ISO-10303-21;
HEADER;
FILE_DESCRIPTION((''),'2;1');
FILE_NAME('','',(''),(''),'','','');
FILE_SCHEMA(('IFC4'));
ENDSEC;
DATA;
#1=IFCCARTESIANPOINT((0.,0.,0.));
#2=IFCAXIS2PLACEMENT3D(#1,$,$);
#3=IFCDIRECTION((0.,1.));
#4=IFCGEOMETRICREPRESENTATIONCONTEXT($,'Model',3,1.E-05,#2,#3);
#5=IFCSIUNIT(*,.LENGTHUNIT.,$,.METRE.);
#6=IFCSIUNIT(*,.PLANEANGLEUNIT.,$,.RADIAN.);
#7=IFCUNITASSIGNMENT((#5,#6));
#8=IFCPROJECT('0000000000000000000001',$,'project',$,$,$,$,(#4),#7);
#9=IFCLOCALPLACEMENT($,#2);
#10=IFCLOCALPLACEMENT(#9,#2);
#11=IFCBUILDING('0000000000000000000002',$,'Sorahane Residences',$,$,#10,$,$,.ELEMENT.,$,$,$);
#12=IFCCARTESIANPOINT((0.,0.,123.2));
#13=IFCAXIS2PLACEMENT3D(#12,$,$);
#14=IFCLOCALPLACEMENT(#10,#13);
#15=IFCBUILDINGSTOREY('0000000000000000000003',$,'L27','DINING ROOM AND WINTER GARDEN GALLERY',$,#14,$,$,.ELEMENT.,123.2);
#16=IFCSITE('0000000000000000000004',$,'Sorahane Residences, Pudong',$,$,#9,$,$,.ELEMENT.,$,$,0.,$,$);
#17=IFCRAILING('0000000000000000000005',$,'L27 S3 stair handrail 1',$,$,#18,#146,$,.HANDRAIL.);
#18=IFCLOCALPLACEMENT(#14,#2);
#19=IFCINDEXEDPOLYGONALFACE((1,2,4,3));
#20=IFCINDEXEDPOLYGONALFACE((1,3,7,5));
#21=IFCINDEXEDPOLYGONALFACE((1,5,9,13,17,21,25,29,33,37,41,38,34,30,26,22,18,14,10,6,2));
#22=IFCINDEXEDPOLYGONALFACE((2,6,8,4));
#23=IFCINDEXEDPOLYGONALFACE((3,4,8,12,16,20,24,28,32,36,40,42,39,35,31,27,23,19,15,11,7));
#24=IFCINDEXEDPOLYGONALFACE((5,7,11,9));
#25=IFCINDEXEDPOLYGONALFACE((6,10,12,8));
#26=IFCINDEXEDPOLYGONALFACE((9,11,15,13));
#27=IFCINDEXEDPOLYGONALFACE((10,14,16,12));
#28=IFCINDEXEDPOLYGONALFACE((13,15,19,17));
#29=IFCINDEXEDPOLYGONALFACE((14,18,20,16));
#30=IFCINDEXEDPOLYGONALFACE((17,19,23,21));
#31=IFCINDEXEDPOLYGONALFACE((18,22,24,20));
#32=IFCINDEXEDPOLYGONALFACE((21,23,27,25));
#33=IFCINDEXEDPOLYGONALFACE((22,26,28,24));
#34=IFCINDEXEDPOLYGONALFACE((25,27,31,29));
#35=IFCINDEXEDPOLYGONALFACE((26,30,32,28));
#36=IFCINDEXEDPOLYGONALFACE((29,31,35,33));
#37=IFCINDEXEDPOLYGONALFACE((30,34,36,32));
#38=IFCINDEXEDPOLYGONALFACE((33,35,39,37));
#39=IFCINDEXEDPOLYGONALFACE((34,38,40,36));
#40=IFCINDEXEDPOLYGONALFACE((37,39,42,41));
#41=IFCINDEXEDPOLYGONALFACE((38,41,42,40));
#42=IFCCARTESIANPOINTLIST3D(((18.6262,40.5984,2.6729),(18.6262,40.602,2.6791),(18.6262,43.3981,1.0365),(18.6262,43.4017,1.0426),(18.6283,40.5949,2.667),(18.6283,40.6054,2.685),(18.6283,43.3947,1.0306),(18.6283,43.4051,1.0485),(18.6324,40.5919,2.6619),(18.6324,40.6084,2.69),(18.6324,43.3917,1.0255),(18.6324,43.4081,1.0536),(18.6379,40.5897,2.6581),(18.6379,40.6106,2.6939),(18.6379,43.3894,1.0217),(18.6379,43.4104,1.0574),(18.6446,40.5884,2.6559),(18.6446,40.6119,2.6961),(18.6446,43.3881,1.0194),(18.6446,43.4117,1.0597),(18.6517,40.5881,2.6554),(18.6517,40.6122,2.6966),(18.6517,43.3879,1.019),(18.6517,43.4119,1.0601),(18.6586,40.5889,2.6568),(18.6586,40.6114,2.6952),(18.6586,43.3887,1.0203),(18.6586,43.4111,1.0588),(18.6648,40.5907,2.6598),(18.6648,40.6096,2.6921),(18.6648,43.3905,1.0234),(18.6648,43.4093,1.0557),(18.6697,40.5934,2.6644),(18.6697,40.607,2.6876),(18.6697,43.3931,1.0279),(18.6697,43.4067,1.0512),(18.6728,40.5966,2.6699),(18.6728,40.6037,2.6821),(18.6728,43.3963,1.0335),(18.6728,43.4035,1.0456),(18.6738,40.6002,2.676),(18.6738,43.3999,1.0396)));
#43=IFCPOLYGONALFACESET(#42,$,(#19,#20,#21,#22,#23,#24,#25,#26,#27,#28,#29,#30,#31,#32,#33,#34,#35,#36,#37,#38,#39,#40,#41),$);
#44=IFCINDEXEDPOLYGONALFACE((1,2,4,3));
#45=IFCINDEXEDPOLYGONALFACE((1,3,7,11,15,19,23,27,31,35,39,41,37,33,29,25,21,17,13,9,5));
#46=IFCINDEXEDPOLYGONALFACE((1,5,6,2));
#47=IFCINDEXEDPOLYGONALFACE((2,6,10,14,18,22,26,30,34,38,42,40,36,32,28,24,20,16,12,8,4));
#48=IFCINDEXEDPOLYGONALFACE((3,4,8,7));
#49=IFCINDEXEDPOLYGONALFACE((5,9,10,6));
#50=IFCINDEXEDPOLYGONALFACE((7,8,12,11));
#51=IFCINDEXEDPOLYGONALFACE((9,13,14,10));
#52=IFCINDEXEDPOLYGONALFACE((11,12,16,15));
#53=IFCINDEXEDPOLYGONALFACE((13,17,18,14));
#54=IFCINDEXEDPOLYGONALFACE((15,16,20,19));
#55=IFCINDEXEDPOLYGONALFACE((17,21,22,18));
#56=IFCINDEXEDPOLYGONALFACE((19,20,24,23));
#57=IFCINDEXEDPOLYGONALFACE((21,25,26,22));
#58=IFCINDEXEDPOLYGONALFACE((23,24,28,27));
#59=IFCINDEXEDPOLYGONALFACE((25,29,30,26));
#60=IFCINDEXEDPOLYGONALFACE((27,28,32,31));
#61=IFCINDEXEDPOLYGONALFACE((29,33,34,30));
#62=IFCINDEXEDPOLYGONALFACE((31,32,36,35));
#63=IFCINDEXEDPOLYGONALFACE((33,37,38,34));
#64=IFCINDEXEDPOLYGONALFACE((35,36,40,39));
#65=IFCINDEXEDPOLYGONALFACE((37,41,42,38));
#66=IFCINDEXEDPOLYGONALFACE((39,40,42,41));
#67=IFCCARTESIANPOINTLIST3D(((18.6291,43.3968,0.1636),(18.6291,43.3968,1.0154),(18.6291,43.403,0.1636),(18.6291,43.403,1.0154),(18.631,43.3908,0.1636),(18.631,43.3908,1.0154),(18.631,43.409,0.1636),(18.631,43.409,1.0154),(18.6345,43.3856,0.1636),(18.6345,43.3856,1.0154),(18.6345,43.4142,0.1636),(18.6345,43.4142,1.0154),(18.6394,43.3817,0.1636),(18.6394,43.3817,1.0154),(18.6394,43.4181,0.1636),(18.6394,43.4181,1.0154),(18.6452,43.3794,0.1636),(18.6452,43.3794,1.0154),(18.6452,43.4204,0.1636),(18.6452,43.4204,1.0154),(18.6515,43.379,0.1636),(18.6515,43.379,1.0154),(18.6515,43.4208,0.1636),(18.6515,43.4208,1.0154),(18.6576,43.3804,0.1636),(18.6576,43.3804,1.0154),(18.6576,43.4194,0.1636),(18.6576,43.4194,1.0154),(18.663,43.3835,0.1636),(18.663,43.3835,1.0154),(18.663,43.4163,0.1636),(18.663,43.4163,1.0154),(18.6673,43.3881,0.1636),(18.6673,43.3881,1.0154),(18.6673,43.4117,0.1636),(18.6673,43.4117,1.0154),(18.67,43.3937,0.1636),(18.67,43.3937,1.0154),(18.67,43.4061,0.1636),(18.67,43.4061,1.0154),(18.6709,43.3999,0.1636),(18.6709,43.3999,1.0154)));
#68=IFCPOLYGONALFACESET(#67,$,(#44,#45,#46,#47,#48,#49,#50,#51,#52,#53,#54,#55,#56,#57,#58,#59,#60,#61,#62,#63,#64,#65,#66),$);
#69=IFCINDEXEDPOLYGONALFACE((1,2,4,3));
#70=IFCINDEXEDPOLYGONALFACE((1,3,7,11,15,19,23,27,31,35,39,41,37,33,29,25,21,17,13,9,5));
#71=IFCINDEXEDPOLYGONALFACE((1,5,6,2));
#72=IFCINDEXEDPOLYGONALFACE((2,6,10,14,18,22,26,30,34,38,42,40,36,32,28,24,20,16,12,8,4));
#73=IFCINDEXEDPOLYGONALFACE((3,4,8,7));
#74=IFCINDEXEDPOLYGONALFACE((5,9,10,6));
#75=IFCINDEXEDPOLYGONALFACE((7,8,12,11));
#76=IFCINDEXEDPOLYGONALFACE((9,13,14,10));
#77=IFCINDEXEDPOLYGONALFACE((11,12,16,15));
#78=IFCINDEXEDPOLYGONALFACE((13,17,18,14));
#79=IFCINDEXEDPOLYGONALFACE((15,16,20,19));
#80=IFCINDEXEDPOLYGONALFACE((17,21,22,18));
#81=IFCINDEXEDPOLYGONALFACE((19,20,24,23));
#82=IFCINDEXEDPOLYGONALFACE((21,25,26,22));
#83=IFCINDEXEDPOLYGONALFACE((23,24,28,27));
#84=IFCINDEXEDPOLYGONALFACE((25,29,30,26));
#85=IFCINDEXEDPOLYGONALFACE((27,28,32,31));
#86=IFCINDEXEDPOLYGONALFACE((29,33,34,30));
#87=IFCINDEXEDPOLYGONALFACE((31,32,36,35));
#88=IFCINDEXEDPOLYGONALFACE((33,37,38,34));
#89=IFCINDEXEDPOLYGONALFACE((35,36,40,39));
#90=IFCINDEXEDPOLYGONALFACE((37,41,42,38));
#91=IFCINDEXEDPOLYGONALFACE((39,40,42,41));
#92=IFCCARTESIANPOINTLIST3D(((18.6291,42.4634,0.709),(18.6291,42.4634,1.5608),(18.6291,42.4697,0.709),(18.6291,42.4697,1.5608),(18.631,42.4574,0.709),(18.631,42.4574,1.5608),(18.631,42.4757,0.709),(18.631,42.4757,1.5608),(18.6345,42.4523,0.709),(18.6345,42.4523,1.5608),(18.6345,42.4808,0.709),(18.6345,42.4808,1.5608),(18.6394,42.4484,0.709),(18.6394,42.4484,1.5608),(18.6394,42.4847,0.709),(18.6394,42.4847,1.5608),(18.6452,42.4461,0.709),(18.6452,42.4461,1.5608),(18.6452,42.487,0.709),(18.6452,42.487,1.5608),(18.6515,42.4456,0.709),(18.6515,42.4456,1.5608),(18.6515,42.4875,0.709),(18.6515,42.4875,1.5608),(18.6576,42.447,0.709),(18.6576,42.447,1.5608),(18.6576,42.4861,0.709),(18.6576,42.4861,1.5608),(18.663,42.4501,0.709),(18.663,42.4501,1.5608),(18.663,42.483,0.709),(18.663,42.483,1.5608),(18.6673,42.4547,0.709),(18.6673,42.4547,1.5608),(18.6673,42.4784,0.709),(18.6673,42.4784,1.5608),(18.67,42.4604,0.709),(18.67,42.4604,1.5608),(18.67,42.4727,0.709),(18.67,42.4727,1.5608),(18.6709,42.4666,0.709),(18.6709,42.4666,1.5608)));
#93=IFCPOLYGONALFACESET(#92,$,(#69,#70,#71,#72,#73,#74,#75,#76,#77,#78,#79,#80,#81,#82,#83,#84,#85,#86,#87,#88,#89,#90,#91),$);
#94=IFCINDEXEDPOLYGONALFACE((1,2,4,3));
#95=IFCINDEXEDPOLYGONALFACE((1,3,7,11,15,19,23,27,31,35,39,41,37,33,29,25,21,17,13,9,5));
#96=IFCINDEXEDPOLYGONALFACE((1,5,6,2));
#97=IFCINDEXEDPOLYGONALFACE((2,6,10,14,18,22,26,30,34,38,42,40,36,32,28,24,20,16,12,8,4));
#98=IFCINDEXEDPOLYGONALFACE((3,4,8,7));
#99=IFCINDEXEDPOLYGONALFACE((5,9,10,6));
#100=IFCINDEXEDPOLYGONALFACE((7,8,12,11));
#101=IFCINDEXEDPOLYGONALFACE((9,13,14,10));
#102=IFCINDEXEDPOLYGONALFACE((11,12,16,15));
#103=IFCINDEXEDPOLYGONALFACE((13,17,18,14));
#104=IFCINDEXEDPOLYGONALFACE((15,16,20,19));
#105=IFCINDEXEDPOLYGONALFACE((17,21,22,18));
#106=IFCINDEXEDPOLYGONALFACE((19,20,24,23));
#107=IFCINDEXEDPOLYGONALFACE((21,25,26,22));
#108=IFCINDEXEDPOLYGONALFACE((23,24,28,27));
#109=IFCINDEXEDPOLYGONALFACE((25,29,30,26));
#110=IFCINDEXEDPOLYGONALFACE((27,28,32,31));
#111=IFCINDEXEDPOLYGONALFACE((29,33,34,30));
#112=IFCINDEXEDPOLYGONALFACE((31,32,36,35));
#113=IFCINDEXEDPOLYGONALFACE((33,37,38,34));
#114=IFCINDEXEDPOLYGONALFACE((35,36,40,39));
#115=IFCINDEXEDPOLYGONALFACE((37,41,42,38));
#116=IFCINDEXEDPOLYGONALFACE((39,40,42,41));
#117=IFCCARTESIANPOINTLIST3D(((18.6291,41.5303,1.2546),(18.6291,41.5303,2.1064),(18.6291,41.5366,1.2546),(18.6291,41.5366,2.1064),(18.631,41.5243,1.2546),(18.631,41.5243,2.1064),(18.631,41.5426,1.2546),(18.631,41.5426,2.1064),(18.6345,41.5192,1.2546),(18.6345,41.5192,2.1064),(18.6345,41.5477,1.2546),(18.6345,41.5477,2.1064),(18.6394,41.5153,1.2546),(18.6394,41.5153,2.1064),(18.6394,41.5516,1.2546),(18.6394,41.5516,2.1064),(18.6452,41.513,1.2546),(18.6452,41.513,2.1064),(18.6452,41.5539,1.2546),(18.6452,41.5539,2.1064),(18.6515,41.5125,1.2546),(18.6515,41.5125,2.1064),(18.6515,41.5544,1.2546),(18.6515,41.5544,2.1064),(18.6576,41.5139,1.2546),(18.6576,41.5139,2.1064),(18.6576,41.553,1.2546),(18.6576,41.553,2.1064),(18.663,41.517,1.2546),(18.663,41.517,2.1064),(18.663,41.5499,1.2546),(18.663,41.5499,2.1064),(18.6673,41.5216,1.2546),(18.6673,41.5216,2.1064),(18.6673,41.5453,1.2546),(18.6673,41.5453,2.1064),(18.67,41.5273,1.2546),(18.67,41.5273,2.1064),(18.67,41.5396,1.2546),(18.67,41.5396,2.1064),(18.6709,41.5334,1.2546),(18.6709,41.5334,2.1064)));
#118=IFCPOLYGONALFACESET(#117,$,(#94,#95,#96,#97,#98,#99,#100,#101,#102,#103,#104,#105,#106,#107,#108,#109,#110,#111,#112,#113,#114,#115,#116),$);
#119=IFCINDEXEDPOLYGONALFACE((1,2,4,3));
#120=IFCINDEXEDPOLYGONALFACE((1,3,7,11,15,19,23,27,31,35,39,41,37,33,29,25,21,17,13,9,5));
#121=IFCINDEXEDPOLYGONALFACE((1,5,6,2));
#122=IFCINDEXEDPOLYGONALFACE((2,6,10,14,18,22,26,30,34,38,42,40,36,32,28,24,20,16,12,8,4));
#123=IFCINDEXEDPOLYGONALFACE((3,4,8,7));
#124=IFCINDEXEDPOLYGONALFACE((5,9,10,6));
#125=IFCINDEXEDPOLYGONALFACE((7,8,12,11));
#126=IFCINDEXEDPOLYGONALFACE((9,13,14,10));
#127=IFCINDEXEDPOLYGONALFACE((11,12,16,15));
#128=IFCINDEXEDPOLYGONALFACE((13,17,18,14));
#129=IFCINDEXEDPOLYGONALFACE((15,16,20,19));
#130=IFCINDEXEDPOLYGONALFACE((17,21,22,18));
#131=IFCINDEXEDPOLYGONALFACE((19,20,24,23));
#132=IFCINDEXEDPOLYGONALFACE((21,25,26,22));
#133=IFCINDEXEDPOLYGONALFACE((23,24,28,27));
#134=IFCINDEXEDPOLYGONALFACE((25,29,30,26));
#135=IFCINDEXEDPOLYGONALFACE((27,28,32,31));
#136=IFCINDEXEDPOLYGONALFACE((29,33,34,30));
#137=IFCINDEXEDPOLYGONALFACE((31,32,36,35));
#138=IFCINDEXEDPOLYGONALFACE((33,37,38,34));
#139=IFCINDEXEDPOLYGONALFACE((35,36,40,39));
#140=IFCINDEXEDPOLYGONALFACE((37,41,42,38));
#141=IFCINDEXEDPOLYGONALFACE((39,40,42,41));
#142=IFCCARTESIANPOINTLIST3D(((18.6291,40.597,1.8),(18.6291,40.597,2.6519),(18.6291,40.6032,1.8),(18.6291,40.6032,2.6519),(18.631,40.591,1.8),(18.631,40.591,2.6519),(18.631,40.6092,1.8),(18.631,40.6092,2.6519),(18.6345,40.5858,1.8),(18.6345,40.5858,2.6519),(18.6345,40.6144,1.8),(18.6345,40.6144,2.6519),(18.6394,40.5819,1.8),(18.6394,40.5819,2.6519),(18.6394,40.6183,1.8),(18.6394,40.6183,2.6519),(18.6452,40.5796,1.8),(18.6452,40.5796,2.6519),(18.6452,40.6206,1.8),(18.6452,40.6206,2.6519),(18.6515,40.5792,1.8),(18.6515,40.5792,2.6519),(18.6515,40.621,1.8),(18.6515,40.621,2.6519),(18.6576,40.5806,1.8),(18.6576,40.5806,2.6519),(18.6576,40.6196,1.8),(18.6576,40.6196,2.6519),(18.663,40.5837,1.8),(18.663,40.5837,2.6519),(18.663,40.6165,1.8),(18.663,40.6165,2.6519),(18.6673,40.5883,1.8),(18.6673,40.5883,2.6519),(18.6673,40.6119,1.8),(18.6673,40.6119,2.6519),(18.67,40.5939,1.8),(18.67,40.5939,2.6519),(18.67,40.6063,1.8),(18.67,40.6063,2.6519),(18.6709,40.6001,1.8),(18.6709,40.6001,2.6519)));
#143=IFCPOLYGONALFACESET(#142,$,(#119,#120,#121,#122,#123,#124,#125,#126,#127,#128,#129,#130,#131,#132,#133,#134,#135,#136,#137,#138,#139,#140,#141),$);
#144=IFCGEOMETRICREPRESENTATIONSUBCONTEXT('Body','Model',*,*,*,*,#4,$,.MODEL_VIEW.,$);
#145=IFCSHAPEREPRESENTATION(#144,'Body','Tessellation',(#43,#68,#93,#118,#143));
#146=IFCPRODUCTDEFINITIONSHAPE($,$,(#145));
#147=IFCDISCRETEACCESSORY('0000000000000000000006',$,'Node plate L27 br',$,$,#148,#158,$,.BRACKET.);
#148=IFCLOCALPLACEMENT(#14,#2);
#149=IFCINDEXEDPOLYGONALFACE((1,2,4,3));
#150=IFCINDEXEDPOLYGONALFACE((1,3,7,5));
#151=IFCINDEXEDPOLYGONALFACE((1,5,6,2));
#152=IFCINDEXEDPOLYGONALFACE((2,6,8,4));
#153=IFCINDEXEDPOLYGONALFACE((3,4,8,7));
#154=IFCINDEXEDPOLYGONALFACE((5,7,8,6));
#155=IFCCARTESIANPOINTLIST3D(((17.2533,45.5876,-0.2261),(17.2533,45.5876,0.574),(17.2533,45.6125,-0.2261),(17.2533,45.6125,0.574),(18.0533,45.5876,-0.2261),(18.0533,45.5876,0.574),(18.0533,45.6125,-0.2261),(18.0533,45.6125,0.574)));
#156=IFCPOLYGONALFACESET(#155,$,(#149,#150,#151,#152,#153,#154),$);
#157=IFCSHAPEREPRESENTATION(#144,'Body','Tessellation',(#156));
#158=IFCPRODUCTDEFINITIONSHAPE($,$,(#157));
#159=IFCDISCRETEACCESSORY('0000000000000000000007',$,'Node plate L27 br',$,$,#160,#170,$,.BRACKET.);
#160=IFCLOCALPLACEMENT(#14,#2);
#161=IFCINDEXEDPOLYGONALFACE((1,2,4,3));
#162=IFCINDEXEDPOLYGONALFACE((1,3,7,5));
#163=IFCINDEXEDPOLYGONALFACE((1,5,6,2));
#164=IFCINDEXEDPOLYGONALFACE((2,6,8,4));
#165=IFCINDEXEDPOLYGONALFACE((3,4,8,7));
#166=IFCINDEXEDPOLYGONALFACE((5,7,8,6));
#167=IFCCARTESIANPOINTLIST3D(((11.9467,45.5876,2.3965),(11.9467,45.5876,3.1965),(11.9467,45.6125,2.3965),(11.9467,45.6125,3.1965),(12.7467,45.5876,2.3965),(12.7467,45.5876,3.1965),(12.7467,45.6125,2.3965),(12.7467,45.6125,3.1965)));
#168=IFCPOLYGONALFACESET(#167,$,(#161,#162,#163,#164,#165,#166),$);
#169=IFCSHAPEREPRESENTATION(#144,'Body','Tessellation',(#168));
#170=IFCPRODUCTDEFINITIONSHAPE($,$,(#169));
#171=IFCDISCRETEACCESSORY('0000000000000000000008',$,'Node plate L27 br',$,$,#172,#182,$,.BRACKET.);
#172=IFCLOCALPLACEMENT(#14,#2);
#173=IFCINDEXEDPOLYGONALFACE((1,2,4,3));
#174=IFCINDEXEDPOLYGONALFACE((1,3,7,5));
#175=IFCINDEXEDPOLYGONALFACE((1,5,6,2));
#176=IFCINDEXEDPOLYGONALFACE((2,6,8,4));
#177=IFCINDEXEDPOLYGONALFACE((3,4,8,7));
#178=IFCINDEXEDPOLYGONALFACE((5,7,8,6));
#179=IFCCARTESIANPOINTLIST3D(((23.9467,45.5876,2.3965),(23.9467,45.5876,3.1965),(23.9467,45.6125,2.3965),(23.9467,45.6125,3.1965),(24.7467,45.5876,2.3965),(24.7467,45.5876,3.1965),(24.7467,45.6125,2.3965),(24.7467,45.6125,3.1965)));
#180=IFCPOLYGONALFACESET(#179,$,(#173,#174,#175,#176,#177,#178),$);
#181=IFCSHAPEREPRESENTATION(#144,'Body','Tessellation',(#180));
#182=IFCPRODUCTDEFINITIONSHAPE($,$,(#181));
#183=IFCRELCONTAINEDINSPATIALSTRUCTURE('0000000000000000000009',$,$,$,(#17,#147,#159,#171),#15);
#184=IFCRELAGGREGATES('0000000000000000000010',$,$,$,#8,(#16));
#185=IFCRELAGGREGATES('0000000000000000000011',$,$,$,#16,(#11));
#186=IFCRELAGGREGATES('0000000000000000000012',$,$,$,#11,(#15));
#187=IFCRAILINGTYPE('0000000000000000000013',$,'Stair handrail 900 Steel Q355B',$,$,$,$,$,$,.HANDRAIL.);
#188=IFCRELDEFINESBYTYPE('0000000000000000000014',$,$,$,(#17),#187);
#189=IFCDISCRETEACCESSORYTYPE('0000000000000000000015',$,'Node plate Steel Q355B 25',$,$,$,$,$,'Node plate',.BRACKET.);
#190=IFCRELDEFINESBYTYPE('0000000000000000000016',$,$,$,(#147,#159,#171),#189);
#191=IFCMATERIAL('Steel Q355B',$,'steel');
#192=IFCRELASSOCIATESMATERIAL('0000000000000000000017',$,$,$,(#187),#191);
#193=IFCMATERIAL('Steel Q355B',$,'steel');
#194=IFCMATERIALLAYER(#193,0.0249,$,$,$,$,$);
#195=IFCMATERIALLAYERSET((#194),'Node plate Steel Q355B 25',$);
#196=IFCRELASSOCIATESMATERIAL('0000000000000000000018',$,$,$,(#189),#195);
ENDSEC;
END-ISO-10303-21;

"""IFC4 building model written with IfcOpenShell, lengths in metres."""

from ifc_helpers import new_model, si_unit, direction, frame, origin, origin_2d, place, context, subcontext, project, spatial, rectangle, circle, extrude, material, layer, layer_set, type_object, element, save


model = new_model("IFC4")

# Units and contexts
model_context = context("Model", 3, precision=1e-05, world=origin(), true_north=direction((0.0, 1.0)))
body_context = subcontext(model_context, "Body", "Model", "MODEL_VIEW")
ifc_project = project(units=[si_unit("LENGTHUNIT", "METRE"), si_unit("PLANEANGLEUNIT", "RADIAN")], contexts=[model_context])

# Site, building, storey
site_placement = place(None, origin())
site = spatial("IfcSite", under=ifc_project, at=site_placement, Name="Sorahane Residences, Pudong", CompositionType="ELEMENT", RefElevation=0.0)
building_placement = place(site_placement, origin())
building = spatial("IfcBuilding", under=site, at=building_placement, Name="Sorahane Residences", CompositionType="ELEMENT")
storey_placement = place(building_placement, frame((0.0, 0.0, 123.2)))
storey = spatial("IfcBuildingStorey", under=building, at=storey_placement, Name="L27", Description="DINING ROOM AND WINTER GARDEN GALLERY", CompositionType="ELEMENT", Elevation=123.2)

# Railing
ifc_material_1 = material(Name="Steel Q355B", Category="steel")
railing_type_1 = type_object("IfcRailingType", Name="Stair handrail 900 Steel Q355B", PredefinedType="HANDRAIL", material=ifc_material_1)
railing_1_placement = place(storey_placement, frame((18.6499, 43.3999, 0.1636)))
element("IfcRailing", 1, at=railing_1_placement, inside=storey, type_object=railing_type_1, Name="L27 S3 stair handrail 1", PredefinedType="HANDRAIL", context=body_context, shape_type="SweptSolid", body=[
    extrude(circle(Radius=0.0239, at=origin_2d()), frame((0.0, 0.0, 0.876), z_axis=(0.0, -0.863342, 0.50462), x_axis=(1.0, 0.0, 0.0)), (0.0, 0.0, 1.0), 3.2429),
    extrude(circle(Radius=0.021, at=origin_2d()), origin(), (0.0, 0.0, 1.0), 0.8518),
    extrude(circle(Radius=0.021, at=origin_2d()), frame((0.0, -0.9333, 0.5454)), (0.0, 0.0, 1.0), 0.8518),
    extrude(circle(Radius=0.021, at=origin_2d()), frame((0.0, -1.8665, 1.0911)), (0.0, 0.0, 1.0), 0.8518),
    extrude(circle(Radius=0.021, at=origin_2d()), frame((0.0, -2.7998, 1.6365)), (0.0, 0.0, 1.0), 0.8518),
])

# Discrete accessories
ifc_material_2 = material(Name="Steel Q355B", Category="steel")
ifc_layer_1 = layer(ifc_material_2, 0.0249)
ifc_layer_set_1 = layer_set([ifc_layer_1], Name="Node plate Steel Q355B 25")
discrete_accessory_type = type_object("IfcDiscreteAccessoryType", Name="Node plate Steel Q355B 25", ElementType="Node plate", PredefinedType="BRACKET", material=ifc_layer_set_1)
for number, where, z_axis, x_axis, name in (
    (2, (17.6533, 45.6001, -0.2261), (0.0, 0.0, 1.0), (1.0, 0.0, 0.0), "Node plate L27 br"),
    (3, (12.3467, 45.6001, 2.3965), (0.0, 0.0, 1.0), (1.0, 0.0, 0.0), "Node plate L27 br"),
    (4, (24.3467, 45.6001, 2.3965), (0.0, 0.0, 1.0), (1.0, 0.0, 0.0), "Node plate L27 br"),
):
    element("IfcDiscreteAccessory", number, at=place(storey_placement, frame(where, z_axis=z_axis, x_axis=x_axis)), inside=storey, type_object=discrete_accessory_type, Name=name, PredefinedType="BRACKET", context=body_context, shape_type="SweptSolid", body=[
        extrude(rectangle(XDim=0.8, YDim=0.0249, at=origin_2d()), origin(), (0.0, 0.0, 1.0), 0.8),
    ])

save(model, "model.ifc")
